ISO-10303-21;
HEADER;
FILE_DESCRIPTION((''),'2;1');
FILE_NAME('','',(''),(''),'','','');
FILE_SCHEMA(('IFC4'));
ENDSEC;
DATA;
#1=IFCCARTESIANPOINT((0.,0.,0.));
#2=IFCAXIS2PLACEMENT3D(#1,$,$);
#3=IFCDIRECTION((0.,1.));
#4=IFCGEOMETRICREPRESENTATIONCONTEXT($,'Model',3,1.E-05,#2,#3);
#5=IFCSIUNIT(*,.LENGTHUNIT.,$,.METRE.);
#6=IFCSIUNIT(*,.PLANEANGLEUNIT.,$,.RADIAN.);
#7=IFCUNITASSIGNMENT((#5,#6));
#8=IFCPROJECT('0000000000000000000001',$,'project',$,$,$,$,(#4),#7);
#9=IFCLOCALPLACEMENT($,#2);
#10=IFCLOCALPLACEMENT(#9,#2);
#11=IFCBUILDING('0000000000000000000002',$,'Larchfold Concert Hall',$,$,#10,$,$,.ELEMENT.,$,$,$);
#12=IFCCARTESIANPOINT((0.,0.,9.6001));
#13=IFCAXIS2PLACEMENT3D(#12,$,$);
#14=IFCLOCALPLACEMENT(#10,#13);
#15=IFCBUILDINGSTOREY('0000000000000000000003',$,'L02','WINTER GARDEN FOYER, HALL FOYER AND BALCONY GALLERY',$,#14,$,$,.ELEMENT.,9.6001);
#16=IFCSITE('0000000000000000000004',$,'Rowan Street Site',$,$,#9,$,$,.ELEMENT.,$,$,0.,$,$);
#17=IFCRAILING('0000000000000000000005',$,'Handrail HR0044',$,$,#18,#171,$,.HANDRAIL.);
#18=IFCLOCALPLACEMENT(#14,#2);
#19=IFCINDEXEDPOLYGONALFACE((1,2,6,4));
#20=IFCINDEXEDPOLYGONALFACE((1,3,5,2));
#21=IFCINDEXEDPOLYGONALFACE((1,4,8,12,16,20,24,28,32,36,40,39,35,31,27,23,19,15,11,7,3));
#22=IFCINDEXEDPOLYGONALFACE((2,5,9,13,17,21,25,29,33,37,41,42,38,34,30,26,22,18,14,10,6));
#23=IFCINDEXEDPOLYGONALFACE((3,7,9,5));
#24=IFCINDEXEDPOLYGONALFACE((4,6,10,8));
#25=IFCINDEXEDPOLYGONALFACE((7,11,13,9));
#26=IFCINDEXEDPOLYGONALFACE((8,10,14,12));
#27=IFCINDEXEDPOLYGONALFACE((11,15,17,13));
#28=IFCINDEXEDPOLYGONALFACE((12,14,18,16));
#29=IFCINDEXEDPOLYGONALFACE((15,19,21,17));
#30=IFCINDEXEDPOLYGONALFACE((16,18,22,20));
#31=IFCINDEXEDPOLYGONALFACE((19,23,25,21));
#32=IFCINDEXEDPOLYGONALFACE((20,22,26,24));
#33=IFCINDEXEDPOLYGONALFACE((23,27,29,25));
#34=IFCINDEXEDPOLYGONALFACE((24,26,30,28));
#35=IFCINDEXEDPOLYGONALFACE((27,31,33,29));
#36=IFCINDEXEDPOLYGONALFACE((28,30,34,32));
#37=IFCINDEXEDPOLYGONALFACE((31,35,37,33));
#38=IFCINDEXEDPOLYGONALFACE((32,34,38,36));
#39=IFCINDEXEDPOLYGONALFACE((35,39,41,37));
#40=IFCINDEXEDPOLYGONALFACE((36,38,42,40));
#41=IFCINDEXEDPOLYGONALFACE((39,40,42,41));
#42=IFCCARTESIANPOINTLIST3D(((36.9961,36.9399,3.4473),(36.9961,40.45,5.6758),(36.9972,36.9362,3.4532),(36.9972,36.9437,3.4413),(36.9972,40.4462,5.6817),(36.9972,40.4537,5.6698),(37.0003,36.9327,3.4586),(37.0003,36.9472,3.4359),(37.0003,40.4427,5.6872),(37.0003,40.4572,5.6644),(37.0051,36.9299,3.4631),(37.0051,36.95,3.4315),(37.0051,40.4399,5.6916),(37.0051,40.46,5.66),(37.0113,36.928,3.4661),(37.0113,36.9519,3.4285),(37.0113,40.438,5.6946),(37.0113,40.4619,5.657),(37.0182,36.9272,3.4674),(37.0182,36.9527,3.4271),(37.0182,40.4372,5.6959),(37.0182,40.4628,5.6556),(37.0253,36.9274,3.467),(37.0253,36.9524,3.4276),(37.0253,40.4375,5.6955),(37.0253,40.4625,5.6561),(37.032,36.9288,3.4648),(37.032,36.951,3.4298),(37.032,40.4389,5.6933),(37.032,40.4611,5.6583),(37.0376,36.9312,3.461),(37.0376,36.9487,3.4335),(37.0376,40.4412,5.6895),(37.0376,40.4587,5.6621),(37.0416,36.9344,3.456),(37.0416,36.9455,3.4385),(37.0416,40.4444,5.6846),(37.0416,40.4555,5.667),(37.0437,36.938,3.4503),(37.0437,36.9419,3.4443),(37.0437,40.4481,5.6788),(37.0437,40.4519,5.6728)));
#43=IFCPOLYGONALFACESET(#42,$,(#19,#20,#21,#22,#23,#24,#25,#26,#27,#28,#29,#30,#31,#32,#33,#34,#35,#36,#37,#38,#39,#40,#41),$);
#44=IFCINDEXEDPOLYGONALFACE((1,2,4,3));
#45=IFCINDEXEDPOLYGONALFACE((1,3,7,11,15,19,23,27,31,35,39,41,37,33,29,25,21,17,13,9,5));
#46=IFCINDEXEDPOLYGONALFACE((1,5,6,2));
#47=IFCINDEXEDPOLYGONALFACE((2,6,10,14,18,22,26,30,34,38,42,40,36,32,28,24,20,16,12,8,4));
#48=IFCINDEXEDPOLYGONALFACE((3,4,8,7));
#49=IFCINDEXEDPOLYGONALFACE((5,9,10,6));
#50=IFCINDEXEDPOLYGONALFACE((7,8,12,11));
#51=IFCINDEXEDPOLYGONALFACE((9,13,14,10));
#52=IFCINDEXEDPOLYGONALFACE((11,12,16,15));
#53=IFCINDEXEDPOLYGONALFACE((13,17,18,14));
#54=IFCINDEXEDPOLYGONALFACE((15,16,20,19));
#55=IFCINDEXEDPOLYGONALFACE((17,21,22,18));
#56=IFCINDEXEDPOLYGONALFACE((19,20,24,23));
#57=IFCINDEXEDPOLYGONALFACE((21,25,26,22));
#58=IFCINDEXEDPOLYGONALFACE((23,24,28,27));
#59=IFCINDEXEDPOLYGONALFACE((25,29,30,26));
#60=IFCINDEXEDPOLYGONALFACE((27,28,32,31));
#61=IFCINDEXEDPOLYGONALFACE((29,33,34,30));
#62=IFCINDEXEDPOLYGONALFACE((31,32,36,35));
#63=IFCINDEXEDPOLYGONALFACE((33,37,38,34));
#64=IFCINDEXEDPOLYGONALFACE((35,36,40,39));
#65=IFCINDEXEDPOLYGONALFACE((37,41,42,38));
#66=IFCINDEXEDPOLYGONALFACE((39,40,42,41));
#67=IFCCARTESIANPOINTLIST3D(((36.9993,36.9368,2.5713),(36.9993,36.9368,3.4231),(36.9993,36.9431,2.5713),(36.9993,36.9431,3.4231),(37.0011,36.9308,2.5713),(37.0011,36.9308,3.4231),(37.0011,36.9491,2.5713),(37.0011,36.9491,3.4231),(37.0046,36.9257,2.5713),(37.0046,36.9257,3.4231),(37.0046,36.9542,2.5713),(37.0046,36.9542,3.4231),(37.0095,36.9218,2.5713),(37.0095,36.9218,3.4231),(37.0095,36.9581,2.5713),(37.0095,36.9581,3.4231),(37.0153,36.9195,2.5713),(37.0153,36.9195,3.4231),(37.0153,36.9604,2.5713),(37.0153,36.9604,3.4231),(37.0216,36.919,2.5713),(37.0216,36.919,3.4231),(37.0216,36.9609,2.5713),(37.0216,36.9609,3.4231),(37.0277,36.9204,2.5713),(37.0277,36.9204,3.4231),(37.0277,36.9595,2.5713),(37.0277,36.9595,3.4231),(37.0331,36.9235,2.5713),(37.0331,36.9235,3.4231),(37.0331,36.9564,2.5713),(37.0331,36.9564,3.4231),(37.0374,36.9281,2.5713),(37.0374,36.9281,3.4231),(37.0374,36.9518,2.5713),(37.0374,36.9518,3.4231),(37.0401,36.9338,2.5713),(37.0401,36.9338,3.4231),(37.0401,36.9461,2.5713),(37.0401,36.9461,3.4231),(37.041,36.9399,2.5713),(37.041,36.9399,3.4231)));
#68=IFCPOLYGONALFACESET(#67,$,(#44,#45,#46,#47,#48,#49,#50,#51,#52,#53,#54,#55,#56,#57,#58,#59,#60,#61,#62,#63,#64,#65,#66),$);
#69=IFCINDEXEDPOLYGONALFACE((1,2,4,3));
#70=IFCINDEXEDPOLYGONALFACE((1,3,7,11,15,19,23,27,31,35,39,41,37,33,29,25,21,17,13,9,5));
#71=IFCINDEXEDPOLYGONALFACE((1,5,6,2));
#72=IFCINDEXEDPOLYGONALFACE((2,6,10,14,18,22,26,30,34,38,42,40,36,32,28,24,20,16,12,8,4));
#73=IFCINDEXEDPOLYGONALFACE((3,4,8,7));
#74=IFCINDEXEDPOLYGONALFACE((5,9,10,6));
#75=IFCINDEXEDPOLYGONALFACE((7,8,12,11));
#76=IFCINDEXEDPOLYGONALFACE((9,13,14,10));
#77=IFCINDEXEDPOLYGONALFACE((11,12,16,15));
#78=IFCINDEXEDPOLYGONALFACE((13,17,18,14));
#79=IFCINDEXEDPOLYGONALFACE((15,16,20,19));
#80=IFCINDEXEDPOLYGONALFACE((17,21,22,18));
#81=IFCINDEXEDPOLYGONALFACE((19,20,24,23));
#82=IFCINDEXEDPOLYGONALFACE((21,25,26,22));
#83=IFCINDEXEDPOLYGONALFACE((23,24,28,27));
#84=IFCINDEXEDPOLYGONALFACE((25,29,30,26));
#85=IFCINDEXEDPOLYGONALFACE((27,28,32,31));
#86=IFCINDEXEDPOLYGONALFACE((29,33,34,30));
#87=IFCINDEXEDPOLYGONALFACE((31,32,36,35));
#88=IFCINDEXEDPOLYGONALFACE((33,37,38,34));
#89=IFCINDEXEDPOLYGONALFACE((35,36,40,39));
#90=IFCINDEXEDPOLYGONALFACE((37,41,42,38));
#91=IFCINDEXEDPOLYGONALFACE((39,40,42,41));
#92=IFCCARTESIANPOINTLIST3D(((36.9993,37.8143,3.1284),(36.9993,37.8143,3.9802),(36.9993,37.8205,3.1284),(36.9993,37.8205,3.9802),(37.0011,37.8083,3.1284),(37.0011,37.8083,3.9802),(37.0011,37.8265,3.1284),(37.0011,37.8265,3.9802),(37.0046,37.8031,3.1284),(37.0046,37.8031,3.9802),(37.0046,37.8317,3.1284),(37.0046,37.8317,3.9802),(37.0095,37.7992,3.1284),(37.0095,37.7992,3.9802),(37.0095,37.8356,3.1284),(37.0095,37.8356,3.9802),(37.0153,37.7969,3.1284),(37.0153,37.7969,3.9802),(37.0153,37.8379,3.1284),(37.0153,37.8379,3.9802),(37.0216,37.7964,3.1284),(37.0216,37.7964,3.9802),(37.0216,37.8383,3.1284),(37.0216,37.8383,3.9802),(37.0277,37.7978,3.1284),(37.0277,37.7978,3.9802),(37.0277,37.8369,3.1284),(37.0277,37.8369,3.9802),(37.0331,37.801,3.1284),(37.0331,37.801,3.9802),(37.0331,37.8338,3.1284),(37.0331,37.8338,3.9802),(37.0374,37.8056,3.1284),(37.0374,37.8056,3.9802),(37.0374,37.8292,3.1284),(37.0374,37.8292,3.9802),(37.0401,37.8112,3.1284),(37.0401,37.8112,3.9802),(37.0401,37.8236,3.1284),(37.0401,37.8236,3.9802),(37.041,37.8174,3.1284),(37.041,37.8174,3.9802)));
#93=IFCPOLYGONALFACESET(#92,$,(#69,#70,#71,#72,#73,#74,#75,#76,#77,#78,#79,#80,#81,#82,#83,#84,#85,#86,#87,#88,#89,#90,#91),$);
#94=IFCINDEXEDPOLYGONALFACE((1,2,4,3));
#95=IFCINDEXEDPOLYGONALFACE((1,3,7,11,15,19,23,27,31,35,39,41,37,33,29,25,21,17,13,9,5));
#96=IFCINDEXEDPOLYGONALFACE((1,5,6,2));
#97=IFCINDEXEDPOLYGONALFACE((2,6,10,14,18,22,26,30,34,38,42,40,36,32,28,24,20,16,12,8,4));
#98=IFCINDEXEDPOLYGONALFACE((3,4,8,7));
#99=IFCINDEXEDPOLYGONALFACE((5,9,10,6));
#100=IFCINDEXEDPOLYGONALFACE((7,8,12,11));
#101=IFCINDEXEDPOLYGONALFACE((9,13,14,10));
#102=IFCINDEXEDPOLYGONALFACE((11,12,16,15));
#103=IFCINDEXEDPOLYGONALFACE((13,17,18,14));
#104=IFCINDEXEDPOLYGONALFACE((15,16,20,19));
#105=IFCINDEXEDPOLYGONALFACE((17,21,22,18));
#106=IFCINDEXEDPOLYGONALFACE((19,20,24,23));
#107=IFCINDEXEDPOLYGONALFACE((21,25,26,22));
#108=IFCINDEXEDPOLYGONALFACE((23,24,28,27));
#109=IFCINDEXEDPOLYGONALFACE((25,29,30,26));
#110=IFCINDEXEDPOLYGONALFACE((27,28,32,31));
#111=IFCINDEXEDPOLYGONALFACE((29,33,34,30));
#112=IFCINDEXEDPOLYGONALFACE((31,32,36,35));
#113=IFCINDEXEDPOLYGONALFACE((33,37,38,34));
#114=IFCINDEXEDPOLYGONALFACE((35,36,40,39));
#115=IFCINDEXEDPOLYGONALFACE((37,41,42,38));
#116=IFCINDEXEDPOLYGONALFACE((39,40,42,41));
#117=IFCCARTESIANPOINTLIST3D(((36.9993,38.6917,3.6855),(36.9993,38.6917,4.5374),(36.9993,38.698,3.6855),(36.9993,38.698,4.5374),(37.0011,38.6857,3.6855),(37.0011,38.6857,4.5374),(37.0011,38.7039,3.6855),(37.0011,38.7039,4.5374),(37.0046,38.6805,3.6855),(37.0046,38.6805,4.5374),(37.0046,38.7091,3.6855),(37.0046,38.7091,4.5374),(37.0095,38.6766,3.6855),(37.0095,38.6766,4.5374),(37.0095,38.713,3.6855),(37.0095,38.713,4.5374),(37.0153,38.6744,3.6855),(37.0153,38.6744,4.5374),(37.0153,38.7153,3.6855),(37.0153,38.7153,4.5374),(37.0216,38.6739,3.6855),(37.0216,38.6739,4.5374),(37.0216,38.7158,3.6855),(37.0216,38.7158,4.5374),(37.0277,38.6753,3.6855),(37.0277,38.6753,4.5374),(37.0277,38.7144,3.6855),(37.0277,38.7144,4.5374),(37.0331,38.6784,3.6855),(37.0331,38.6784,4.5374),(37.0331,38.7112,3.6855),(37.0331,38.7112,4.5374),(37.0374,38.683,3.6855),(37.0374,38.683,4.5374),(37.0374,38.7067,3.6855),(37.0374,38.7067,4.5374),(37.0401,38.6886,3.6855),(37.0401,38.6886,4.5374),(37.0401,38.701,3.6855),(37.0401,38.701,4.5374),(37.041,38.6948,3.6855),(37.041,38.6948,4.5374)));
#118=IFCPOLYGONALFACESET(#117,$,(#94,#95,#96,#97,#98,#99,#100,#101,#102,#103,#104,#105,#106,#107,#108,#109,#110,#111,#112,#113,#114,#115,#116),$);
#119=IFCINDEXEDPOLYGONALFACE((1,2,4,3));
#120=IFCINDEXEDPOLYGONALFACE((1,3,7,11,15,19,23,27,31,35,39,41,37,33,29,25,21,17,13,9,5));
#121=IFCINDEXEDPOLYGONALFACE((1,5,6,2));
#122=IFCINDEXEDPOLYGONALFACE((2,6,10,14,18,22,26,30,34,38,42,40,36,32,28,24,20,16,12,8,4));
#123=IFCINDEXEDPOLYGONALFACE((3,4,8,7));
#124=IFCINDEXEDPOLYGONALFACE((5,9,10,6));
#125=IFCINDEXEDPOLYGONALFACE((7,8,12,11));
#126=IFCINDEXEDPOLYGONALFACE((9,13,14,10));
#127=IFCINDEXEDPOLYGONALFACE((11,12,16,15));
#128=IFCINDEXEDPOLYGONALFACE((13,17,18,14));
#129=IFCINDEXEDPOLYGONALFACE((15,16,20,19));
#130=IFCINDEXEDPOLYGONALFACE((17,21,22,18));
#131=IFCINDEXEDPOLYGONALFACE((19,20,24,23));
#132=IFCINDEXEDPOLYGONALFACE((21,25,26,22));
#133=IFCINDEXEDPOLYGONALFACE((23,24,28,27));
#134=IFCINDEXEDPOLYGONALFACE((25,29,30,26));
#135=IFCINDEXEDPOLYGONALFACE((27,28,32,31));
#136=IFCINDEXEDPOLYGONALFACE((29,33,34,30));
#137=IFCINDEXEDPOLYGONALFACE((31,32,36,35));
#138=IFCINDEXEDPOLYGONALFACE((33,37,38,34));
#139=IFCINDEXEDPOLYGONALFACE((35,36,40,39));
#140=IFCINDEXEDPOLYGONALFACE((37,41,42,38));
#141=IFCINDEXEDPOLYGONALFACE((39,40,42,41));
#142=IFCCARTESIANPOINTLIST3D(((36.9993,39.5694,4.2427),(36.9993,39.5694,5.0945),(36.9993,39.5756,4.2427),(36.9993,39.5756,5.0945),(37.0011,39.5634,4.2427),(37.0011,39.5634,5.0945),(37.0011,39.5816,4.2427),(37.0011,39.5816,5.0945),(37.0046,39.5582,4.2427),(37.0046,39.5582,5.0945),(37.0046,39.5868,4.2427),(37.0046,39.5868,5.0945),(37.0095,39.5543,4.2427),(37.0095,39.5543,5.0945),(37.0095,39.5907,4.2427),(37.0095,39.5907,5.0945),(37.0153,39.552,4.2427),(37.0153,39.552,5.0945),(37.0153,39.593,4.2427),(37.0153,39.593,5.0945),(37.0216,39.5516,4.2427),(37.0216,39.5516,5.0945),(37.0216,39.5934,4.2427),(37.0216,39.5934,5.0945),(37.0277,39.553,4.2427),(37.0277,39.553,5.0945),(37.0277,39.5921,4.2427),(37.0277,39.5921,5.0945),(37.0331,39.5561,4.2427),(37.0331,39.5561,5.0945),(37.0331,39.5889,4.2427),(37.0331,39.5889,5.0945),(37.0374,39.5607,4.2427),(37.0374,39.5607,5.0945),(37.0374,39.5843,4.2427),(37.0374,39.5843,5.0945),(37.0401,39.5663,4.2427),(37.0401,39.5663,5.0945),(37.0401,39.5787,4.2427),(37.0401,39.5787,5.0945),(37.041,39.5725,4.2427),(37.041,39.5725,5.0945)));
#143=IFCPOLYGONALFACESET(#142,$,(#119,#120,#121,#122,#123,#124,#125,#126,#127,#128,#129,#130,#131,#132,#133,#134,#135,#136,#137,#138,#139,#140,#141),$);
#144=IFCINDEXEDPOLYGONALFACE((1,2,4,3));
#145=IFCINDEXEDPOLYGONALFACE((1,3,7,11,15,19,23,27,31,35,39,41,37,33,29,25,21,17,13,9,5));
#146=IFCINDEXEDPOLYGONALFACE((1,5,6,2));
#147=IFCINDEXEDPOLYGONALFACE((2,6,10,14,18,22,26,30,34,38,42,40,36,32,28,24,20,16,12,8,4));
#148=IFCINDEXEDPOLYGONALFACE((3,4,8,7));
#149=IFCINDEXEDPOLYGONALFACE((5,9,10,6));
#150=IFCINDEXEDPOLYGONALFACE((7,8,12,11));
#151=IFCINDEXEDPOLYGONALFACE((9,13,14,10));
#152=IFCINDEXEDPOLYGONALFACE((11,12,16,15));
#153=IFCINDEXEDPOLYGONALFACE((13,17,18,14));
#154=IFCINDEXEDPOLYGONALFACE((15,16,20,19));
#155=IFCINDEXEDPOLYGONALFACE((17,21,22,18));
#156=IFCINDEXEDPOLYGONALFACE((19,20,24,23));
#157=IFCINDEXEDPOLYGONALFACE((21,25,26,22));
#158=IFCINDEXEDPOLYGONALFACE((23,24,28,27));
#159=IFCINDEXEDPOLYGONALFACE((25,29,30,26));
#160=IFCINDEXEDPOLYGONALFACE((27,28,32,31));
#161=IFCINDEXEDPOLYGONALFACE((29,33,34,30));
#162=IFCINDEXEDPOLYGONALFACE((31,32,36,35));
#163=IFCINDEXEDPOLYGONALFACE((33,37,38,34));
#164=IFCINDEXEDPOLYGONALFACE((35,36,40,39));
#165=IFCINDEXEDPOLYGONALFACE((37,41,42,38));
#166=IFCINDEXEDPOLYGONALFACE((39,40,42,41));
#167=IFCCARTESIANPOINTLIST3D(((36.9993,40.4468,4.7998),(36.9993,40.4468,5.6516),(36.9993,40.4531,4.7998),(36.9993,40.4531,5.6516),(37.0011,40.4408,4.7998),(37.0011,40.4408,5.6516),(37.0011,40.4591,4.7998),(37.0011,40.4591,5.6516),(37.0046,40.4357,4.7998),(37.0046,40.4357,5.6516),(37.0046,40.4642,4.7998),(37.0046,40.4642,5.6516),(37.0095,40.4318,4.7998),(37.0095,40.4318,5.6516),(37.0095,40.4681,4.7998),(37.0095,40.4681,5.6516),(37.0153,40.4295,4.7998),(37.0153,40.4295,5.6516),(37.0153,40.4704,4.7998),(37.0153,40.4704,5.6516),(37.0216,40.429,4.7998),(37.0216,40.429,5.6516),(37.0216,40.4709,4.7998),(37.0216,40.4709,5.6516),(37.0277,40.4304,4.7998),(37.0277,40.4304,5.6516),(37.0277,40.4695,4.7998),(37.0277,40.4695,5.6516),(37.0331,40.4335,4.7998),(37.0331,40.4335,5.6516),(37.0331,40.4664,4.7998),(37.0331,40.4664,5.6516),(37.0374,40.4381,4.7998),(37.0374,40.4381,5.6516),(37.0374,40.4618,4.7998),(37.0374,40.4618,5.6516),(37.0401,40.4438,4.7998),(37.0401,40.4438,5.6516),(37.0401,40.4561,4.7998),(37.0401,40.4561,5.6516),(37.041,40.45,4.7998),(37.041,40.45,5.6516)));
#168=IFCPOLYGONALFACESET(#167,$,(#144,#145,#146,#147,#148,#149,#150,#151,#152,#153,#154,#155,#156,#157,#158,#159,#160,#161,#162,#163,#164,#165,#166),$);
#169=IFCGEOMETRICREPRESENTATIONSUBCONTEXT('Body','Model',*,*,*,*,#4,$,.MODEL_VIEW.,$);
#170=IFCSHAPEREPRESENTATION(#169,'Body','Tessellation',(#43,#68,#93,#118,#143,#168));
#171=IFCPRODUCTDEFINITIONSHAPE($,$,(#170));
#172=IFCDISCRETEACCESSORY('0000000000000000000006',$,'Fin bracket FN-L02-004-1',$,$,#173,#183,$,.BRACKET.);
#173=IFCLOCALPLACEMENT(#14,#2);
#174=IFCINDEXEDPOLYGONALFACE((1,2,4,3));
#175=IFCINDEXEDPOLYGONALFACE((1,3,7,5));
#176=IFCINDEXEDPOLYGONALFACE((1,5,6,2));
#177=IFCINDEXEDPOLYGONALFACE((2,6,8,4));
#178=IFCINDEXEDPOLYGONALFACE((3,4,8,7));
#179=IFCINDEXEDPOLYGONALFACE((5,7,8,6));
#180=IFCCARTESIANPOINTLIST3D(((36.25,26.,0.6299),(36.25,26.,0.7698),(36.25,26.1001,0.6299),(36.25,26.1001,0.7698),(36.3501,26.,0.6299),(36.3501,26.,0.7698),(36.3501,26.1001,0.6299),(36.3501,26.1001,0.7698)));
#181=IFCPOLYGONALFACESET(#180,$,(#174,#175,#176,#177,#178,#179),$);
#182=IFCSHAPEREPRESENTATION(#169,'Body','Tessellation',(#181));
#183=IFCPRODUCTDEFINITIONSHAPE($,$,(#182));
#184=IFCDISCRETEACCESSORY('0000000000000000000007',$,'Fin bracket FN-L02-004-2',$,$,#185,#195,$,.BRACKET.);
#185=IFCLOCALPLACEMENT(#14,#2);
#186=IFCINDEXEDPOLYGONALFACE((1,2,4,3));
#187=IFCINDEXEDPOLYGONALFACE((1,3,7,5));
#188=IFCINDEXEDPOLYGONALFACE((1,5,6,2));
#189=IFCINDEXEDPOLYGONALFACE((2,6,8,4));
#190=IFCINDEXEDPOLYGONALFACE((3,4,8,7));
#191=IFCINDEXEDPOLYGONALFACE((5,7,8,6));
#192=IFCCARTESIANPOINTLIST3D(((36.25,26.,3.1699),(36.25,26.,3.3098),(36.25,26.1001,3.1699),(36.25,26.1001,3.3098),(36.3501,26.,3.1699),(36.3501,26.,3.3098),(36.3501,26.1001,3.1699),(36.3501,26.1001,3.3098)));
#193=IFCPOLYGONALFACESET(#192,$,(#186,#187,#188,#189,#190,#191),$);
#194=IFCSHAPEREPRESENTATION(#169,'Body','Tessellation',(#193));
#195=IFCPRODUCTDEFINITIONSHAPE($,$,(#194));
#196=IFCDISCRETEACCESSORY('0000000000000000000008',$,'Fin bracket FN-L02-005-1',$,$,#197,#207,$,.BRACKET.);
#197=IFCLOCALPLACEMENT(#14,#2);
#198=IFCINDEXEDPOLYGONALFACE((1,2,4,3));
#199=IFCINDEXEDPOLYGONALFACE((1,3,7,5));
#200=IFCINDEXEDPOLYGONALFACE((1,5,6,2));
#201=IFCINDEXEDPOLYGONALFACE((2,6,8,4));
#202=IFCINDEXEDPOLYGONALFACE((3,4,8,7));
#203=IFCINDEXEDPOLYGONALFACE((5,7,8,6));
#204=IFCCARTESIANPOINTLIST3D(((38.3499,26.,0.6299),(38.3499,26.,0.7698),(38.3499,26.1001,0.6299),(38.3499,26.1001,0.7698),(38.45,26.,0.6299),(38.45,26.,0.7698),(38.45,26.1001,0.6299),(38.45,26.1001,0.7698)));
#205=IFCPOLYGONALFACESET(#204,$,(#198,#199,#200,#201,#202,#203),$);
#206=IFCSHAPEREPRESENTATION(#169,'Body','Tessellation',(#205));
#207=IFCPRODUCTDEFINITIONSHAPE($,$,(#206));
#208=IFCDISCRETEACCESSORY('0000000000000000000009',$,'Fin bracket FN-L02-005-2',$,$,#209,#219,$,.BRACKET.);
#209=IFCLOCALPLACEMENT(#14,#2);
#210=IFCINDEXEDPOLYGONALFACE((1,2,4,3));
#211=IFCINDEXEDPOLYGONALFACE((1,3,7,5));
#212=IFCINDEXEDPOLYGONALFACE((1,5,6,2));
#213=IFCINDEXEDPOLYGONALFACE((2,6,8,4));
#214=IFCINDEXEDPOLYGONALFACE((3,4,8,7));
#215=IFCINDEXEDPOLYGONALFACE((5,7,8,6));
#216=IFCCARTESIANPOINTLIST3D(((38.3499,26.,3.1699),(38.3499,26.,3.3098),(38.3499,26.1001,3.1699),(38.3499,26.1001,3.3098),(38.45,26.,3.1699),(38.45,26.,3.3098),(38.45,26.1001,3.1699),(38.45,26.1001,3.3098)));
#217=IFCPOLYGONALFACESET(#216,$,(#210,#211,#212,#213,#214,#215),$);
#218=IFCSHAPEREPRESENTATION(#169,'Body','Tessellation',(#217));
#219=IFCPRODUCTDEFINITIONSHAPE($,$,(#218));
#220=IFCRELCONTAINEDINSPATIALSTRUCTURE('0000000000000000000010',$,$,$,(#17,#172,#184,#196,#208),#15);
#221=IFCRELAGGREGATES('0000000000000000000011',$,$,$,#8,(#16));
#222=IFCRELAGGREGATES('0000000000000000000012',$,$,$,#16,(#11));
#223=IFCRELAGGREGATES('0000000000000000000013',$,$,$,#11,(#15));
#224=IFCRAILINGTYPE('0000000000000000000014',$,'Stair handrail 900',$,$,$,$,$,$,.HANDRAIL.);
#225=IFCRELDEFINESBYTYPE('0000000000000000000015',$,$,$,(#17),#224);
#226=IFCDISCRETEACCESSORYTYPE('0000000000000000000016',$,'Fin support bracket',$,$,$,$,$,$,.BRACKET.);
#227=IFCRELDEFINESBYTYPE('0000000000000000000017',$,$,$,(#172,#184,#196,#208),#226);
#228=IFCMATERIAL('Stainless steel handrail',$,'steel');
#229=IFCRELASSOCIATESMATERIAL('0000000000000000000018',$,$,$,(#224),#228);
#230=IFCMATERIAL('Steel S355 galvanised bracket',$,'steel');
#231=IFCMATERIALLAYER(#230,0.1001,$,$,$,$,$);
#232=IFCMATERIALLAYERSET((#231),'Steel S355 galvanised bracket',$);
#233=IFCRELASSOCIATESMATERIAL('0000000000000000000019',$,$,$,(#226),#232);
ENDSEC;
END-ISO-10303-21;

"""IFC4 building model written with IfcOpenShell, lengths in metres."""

from ifc_helpers import new_model, si_unit, direction, frame, origin, origin_2d, place, context, subcontext, project, spatial, rectangle, circle, extrude, material, layer, layer_set, type_object, element, save


model = new_model("IFC4")

# Units and contexts
model_context = context("Model", 3, precision=1e-05, world=origin(), true_north=direction((0.0, 1.0)))
body_context = subcontext(model_context, "Body", "Model", "MODEL_VIEW")
ifc_project = project(units=[si_unit("LENGTHUNIT", "METRE"), si_unit("PLANEANGLEUNIT", "RADIAN")], contexts=[model_context])

# Site, building, storey
site_placement = place(None, origin())
site = spatial("IfcSite", under=ifc_project, at=site_placement, Name="Rowan Street Site", CompositionType="ELEMENT", RefElevation=0.0)
building_placement = place(site_placement, origin())
building = spatial("IfcBuilding", under=site, at=building_placement, Name="Larchfold Concert Hall", CompositionType="ELEMENT")
storey_placement = place(building_placement, frame((0.0, 0.0, 9.6001)))
storey = spatial("IfcBuildingStorey", under=building, at=storey_placement, Name="L02", Description="WINTER GARDEN FOYER, HALL FOYER AND BALCONY GALLERY", CompositionType="ELEMENT", Elevation=9.6001)

# Railing
ifc_material_1 = material(Name="Stainless steel handrail", Category="steel")
railing_type_1 = type_object("IfcRailingType", Name="Stair handrail 900", PredefinedType="HANDRAIL", material=ifc_material_1)
railing_1_placement = place(storey_placement, frame((37.02, 36.9399, 2.5713)))
element("IfcRailing", 1, at=railing_1_placement, inside=storey, type_object=railing_type_1, Name="Handrail HR0044", PredefinedType="HANDRAIL", context=body_context, shape_type="SweptSolid", body=[
    extrude(circle(Radius=0.0239, at=origin_2d()), frame((0.0, 0.0, 0.876), z_axis=(0.0, 0.84422, 0.535998), x_axis=(-1.0, 0.0, 0.0)), (0.0, 0.0, 1.0), 4.1577),
    extrude(circle(Radius=0.021, at=origin_2d()), origin(), (0.0, 0.0, 1.0), 0.8518),
    extrude(circle(Radius=0.021, at=origin_2d()), frame((0.0, 0.8774, 0.5571)), (0.0, 0.0, 1.0), 0.8518),
    extrude(circle(Radius=0.021, at=origin_2d()), frame((0.0, 1.7549, 1.1143)), (0.0, 0.0, 1.0), 0.8518),
    extrude(circle(Radius=0.021, at=origin_2d()), frame((0.0, 2.6326, 1.6714)), (0.0, 0.0, 1.0), 0.8518),
    extrude(circle(Radius=0.021, at=origin_2d()), frame((0.0, 3.51, 2.2285)), (0.0, 0.0, 1.0), 0.8518),
])

# Discrete accessories
ifc_material_2 = material(Name="Steel S355 galvanised bracket", Category="steel")
ifc_layer_1 = layer(ifc_material_2, 0.1001)
ifc_layer_set_1 = layer_set([ifc_layer_1], Name="Steel S355 galvanised bracket")
discrete_accessory_type = type_object("IfcDiscreteAccessoryType", Name="Fin support bracket", PredefinedType="BRACKET", material=ifc_layer_set_1)
for number, where, z_axis, x_axis, name in (
    (2, (36.3, 26.05, 0.6299), (0.0, 0.0, 1.0), (0.0, 1.0, 0.0), "Fin bracket FN-L02-004-1"),
    (3, (36.3, 26.05, 3.1699), (0.0, 0.0, 1.0), (0.0, 1.0, 0.0), "Fin bracket FN-L02-004-2"),
    (4, (38.3999, 26.05, 0.6299), (0.0, 0.0, 1.0), (0.0, 1.0, 0.0), "Fin bracket FN-L02-005-1"),
    (5, (38.3999, 26.05, 3.1699), (0.0, 0.0, 1.0), (0.0, 1.0, 0.0), "Fin bracket FN-L02-005-2"),
):
    element("IfcDiscreteAccessory", number, at=place(storey_placement, frame(where, z_axis=z_axis, x_axis=x_axis)), inside=storey, type_object=discrete_accessory_type, Name=name, PredefinedType="BRACKET", context=body_context, shape_type="SweptSolid", body=[
        extrude(rectangle(XDim=0.1001, YDim=0.1001, at=origin_2d()), origin(), (0.0, 0.0, 1.0), 0.1399),
    ])

save(model, "model.ifc")
